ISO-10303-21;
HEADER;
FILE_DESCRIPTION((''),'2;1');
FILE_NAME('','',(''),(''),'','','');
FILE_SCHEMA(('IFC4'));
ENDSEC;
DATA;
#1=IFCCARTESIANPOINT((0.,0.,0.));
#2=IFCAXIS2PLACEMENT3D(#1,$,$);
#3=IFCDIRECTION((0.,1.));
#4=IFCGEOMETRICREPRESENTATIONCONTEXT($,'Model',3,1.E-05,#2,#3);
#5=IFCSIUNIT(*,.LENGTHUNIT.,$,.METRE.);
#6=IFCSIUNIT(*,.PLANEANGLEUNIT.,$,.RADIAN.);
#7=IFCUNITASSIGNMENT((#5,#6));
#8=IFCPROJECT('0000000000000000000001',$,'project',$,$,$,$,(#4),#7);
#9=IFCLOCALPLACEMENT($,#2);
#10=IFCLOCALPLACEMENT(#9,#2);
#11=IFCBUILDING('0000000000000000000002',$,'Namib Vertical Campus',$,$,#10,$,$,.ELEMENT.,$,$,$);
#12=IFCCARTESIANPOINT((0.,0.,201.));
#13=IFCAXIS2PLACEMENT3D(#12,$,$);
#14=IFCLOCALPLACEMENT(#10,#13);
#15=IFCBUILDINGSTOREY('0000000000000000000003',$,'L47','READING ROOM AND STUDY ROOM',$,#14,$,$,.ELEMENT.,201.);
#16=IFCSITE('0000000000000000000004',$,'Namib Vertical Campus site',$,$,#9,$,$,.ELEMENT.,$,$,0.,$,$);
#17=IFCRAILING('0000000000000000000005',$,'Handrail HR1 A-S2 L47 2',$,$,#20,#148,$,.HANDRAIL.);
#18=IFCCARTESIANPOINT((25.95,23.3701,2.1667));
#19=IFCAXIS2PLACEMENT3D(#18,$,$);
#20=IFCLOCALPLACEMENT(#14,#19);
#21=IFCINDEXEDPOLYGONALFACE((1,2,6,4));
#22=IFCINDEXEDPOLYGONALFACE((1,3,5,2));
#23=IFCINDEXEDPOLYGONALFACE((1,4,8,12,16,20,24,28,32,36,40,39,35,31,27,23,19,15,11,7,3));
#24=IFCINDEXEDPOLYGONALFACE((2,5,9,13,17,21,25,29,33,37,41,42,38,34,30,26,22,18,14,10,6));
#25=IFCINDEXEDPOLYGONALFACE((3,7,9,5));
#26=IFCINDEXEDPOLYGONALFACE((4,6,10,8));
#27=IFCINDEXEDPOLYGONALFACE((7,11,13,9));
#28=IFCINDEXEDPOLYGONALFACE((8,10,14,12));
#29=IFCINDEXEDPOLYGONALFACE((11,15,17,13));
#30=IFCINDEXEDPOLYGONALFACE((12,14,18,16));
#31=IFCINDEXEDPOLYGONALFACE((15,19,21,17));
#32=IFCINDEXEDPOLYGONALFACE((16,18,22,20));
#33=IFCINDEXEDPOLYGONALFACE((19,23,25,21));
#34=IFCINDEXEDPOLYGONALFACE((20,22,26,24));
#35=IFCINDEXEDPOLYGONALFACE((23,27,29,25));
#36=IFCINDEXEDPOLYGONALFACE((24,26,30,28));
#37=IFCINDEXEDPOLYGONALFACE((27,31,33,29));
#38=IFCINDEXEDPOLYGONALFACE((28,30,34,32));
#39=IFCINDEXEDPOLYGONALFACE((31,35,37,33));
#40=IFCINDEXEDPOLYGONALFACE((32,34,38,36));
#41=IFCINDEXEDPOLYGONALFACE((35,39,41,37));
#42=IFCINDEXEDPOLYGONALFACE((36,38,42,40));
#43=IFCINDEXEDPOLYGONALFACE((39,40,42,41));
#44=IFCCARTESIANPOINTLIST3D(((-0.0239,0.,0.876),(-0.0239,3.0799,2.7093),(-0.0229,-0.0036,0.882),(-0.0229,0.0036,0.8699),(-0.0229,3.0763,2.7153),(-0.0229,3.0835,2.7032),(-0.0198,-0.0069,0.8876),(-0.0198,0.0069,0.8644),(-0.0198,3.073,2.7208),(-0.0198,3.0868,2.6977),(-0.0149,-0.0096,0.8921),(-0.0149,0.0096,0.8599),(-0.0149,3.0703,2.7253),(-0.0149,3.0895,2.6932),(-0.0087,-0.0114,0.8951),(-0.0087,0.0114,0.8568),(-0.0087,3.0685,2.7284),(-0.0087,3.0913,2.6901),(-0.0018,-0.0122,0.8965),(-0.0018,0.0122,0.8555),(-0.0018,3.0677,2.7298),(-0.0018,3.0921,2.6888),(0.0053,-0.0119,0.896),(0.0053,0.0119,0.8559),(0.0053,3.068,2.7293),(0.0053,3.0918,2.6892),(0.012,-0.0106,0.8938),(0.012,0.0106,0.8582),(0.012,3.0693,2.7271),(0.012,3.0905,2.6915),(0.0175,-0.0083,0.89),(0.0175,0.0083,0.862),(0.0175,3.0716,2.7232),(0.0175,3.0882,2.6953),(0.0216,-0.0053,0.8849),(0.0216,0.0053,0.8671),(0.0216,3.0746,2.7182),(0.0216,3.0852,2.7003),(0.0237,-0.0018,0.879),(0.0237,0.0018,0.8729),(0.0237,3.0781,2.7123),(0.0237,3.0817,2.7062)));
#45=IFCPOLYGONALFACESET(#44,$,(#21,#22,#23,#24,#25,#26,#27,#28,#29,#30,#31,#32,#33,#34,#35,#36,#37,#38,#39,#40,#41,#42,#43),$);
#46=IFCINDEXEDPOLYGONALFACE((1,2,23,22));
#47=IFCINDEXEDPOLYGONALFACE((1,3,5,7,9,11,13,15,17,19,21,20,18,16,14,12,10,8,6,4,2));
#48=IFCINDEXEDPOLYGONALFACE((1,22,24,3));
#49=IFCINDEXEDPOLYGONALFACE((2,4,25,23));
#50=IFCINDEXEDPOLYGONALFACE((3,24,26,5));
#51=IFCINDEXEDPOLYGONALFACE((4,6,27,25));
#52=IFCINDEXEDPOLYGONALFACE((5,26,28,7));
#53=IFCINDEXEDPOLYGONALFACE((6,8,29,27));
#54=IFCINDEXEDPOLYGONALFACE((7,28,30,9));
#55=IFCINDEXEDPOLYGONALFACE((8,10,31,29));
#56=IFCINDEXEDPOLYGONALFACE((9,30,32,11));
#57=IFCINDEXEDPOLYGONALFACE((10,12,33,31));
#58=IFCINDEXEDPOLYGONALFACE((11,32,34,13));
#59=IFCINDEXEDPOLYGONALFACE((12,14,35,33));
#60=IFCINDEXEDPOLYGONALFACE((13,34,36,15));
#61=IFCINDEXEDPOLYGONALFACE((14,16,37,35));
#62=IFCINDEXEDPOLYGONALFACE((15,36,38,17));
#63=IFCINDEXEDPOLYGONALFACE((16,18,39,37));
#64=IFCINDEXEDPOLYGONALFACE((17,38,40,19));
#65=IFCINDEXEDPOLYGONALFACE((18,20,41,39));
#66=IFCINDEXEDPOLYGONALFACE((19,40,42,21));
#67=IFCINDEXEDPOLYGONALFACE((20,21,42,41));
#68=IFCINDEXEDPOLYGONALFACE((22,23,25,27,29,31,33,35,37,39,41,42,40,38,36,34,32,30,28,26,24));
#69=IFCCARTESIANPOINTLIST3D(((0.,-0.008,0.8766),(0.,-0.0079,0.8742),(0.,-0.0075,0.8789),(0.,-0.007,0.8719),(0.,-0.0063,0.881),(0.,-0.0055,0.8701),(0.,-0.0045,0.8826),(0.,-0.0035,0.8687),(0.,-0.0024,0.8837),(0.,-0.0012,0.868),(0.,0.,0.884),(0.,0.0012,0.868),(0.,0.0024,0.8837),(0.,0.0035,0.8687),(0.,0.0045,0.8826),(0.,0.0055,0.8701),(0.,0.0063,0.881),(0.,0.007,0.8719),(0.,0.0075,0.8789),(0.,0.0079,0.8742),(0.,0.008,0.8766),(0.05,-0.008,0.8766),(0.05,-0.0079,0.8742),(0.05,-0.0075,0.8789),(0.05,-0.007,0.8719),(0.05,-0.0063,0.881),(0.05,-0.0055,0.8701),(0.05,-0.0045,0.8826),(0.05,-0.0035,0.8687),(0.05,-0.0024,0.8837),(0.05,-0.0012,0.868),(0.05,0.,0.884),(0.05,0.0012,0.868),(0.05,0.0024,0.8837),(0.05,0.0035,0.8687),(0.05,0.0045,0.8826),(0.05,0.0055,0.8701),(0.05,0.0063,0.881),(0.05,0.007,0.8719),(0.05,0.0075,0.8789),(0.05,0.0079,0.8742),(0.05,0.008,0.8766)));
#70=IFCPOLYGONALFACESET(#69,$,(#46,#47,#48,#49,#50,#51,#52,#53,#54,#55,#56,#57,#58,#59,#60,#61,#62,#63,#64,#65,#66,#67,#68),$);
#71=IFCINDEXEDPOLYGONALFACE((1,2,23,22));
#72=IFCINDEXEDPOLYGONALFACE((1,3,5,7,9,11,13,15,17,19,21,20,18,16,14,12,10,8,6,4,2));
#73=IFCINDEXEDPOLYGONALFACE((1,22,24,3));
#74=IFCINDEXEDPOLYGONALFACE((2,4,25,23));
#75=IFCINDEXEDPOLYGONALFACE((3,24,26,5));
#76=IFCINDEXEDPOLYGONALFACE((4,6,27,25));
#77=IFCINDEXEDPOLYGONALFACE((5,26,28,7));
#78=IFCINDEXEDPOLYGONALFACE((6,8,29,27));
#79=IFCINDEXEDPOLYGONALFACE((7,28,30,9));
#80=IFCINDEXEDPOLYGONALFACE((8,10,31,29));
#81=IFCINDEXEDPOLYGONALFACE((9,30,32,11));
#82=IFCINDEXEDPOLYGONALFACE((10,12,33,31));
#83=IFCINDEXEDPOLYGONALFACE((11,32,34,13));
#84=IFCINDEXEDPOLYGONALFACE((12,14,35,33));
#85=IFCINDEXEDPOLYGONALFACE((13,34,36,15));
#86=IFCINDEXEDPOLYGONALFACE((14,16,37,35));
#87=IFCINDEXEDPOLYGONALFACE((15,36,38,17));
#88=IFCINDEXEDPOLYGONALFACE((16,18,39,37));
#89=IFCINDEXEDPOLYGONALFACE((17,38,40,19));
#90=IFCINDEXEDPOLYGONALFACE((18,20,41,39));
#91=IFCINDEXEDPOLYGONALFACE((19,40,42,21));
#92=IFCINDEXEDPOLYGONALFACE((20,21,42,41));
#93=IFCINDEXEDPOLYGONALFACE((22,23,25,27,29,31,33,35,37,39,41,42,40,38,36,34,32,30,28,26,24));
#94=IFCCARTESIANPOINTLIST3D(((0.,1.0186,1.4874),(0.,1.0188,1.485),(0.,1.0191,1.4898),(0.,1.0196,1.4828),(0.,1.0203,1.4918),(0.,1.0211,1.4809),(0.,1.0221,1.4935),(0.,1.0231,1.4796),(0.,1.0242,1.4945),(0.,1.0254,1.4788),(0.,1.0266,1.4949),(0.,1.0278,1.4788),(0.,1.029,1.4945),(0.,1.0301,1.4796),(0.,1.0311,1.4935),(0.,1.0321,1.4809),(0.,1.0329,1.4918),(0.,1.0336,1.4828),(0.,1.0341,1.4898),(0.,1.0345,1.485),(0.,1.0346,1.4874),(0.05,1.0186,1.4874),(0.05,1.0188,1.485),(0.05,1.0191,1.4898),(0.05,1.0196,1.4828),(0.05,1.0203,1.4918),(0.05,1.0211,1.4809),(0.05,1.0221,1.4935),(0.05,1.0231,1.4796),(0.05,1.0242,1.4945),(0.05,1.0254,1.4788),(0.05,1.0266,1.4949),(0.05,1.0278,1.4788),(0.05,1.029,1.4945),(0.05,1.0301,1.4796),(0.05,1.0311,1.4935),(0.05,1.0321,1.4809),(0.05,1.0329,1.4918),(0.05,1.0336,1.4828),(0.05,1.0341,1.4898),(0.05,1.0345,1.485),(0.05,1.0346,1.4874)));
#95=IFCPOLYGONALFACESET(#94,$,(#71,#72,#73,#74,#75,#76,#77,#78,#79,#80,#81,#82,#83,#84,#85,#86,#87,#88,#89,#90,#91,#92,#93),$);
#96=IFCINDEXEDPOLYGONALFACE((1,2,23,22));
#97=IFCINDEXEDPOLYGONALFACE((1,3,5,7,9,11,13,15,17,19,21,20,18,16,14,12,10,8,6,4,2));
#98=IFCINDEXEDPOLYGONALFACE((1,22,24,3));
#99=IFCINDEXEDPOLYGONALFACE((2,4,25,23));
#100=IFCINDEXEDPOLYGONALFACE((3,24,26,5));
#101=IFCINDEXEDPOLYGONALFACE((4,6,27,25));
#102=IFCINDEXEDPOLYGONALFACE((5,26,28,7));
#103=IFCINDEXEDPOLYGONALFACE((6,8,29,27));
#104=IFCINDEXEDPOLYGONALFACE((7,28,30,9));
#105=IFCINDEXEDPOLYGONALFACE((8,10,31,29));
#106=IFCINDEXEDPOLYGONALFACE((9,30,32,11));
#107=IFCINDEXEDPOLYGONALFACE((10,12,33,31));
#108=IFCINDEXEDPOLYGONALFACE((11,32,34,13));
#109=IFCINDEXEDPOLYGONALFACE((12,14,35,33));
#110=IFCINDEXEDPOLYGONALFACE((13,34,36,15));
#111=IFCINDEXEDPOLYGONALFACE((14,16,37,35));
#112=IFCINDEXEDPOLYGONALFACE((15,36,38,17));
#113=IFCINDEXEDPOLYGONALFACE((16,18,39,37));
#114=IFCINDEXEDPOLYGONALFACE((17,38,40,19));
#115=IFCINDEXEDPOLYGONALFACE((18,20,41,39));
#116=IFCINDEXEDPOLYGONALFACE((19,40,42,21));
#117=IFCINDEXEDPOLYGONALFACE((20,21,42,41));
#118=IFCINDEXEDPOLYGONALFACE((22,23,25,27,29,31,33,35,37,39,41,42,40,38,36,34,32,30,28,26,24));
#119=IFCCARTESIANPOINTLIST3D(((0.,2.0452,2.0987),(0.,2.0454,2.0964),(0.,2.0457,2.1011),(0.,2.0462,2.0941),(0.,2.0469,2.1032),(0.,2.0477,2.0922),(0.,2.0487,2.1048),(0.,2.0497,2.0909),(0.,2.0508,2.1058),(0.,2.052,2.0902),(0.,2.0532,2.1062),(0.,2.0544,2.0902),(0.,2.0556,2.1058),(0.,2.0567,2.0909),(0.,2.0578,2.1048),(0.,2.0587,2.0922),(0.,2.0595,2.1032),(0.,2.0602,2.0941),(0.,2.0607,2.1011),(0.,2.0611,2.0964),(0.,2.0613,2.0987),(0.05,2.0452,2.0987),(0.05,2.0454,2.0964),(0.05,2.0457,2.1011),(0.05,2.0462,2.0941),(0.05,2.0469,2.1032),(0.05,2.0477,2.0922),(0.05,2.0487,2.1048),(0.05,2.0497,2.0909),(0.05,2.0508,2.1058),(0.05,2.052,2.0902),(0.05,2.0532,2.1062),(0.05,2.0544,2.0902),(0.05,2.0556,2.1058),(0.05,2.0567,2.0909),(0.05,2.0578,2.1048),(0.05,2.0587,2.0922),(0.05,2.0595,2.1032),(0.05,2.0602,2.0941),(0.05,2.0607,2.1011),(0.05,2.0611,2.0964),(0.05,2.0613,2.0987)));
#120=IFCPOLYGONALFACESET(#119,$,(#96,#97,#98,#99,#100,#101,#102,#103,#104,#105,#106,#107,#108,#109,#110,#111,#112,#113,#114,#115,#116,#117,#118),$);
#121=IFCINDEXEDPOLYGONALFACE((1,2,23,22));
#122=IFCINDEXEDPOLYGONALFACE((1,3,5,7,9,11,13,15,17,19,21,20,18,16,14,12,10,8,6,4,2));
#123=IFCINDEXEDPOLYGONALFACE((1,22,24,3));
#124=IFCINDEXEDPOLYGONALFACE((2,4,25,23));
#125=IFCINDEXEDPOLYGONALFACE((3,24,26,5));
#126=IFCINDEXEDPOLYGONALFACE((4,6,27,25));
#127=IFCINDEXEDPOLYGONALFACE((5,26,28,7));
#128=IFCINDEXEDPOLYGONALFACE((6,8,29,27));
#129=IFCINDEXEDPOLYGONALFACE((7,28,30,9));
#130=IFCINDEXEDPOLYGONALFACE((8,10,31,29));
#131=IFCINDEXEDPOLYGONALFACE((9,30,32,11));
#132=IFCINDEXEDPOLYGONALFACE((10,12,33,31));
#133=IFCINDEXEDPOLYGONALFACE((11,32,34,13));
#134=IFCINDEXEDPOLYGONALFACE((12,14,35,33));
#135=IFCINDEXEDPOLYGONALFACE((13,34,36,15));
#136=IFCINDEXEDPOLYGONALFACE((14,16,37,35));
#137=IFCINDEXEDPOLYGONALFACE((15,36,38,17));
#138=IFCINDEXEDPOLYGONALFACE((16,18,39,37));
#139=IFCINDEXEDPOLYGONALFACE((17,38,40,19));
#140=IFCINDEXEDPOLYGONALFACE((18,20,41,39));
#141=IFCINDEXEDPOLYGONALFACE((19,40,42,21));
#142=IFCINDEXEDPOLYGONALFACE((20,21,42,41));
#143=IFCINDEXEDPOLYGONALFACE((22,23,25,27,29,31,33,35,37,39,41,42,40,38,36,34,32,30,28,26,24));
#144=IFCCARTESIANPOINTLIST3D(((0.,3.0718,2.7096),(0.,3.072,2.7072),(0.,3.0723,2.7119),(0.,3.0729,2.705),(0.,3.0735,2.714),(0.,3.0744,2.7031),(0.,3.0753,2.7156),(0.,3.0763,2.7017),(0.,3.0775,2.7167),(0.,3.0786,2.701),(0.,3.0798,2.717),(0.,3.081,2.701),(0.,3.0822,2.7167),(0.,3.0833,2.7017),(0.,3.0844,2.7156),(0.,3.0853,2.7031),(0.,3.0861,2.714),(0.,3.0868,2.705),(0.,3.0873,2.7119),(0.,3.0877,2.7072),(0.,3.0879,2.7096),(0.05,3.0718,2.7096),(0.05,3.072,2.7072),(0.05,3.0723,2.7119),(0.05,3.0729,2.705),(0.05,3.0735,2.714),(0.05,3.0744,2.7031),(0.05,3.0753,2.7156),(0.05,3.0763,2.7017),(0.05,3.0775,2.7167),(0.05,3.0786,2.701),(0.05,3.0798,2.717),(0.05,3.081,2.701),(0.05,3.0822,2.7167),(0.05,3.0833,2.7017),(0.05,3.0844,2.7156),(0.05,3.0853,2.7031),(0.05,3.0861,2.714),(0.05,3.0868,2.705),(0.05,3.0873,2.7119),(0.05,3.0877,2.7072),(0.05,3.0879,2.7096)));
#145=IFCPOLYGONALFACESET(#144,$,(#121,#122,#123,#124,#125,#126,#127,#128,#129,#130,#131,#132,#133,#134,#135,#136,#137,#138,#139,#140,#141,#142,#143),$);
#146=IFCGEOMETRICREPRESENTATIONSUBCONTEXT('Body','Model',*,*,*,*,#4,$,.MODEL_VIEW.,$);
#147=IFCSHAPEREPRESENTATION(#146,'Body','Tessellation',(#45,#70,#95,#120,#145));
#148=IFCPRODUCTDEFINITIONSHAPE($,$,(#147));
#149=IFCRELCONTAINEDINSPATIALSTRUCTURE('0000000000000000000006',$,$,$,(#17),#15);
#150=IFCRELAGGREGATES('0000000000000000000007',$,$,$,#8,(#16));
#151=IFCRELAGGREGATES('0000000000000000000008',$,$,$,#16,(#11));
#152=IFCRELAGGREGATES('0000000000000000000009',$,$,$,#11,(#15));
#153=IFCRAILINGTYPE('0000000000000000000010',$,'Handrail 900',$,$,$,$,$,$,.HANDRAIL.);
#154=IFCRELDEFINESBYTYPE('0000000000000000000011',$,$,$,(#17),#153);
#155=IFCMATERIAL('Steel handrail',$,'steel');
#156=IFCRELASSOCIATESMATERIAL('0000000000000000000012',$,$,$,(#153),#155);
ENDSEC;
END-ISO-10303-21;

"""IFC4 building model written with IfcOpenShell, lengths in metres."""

from ifc_helpers import new_model, si_unit, direction, frame, origin, origin_2d, place, context, subcontext, project, spatial, circle, extrude, material, type_object, element, save


model = new_model("IFC4")

# Units and contexts
model_context = context("Model", 3, precision=1e-05, world=origin(), true_north=direction((0.0, 1.0)))
body_context = subcontext(model_context, "Body", "Model", "MODEL_VIEW")
ifc_project = project(units=[si_unit("LENGTHUNIT", "METRE"), si_unit("PLANEANGLEUNIT", "RADIAN")], contexts=[model_context])

# Site, building, storey
site_placement = place(None, origin())
site = spatial("IfcSite", under=ifc_project, at=site_placement, Name="Namib Vertical Campus site", CompositionType="ELEMENT", RefElevation=0.0)
building_placement = place(site_placement, origin())
building = spatial("IfcBuilding", under=site, at=building_placement, Name="Namib Vertical Campus", CompositionType="ELEMENT")
storey_placement = place(building_placement, frame((0.0, 0.0, 201.0)))
storey = spatial("IfcBuildingStorey", under=building, at=storey_placement, Name="L47", Description="READING ROOM AND STUDY ROOM", CompositionType="ELEMENT", Elevation=201.0)

# Railing
ifc_material_1 = material(Name="Steel handrail", Category="steel")
railing_type_1 = type_object("IfcRailingType", Name="Handrail 900", PredefinedType="HANDRAIL", material=ifc_material_1)
railing_1_placement = place(storey_placement, frame((25.95, 23.3701, 2.1667)))
element("IfcRailing", 1, at=railing_1_placement, inside=storey, type_object=railing_type_1, Name="Handrail HR1 A-S2 L47 2", PredefinedType="HANDRAIL", context=body_context, shape_type="SweptSolid", body=[
    extrude(circle(Radius=0.0239, at=origin_2d()), frame((0.0, 0.0, 0.876), z_axis=(0.0, 0.859291, 0.511487), x_axis=(-1.0, 0.0, 0.0)), (0.0, 0.0, 1.0), 3.5842),
    extrude(circle(Radius=0.0081, at=origin_2d()), frame((0.0, 0.0, 0.876), z_axis=(1.0, 0.0, 0.0), x_axis=(0.0, 0.0, 1.0)), (0.0, 0.0, 1.0), 0.05),
    extrude(circle(Radius=0.0081, at=origin_2d()), frame((0.0, 1.0266, 1.4868), z_axis=(1.0, 0.0, 0.0), x_axis=(0.0, 0.0, 1.0)), (0.0, 0.0, 1.0), 0.05),
    extrude(circle(Radius=0.0081, at=origin_2d()), frame((0.0, 2.0532, 2.0981), z_axis=(1.0, 0.0, 0.0), x_axis=(0.0, 0.0, 1.0)), (0.0, 0.0, 1.0), 0.05),
    extrude(circle(Radius=0.0081, at=origin_2d()), frame((0.0, 3.0798, 2.709), z_axis=(1.0, 0.0, 0.0), x_axis=(0.0, 0.0, 1.0)), (0.0, 0.0, 1.0), 0.05),
])

save(model, "model.ifc")
